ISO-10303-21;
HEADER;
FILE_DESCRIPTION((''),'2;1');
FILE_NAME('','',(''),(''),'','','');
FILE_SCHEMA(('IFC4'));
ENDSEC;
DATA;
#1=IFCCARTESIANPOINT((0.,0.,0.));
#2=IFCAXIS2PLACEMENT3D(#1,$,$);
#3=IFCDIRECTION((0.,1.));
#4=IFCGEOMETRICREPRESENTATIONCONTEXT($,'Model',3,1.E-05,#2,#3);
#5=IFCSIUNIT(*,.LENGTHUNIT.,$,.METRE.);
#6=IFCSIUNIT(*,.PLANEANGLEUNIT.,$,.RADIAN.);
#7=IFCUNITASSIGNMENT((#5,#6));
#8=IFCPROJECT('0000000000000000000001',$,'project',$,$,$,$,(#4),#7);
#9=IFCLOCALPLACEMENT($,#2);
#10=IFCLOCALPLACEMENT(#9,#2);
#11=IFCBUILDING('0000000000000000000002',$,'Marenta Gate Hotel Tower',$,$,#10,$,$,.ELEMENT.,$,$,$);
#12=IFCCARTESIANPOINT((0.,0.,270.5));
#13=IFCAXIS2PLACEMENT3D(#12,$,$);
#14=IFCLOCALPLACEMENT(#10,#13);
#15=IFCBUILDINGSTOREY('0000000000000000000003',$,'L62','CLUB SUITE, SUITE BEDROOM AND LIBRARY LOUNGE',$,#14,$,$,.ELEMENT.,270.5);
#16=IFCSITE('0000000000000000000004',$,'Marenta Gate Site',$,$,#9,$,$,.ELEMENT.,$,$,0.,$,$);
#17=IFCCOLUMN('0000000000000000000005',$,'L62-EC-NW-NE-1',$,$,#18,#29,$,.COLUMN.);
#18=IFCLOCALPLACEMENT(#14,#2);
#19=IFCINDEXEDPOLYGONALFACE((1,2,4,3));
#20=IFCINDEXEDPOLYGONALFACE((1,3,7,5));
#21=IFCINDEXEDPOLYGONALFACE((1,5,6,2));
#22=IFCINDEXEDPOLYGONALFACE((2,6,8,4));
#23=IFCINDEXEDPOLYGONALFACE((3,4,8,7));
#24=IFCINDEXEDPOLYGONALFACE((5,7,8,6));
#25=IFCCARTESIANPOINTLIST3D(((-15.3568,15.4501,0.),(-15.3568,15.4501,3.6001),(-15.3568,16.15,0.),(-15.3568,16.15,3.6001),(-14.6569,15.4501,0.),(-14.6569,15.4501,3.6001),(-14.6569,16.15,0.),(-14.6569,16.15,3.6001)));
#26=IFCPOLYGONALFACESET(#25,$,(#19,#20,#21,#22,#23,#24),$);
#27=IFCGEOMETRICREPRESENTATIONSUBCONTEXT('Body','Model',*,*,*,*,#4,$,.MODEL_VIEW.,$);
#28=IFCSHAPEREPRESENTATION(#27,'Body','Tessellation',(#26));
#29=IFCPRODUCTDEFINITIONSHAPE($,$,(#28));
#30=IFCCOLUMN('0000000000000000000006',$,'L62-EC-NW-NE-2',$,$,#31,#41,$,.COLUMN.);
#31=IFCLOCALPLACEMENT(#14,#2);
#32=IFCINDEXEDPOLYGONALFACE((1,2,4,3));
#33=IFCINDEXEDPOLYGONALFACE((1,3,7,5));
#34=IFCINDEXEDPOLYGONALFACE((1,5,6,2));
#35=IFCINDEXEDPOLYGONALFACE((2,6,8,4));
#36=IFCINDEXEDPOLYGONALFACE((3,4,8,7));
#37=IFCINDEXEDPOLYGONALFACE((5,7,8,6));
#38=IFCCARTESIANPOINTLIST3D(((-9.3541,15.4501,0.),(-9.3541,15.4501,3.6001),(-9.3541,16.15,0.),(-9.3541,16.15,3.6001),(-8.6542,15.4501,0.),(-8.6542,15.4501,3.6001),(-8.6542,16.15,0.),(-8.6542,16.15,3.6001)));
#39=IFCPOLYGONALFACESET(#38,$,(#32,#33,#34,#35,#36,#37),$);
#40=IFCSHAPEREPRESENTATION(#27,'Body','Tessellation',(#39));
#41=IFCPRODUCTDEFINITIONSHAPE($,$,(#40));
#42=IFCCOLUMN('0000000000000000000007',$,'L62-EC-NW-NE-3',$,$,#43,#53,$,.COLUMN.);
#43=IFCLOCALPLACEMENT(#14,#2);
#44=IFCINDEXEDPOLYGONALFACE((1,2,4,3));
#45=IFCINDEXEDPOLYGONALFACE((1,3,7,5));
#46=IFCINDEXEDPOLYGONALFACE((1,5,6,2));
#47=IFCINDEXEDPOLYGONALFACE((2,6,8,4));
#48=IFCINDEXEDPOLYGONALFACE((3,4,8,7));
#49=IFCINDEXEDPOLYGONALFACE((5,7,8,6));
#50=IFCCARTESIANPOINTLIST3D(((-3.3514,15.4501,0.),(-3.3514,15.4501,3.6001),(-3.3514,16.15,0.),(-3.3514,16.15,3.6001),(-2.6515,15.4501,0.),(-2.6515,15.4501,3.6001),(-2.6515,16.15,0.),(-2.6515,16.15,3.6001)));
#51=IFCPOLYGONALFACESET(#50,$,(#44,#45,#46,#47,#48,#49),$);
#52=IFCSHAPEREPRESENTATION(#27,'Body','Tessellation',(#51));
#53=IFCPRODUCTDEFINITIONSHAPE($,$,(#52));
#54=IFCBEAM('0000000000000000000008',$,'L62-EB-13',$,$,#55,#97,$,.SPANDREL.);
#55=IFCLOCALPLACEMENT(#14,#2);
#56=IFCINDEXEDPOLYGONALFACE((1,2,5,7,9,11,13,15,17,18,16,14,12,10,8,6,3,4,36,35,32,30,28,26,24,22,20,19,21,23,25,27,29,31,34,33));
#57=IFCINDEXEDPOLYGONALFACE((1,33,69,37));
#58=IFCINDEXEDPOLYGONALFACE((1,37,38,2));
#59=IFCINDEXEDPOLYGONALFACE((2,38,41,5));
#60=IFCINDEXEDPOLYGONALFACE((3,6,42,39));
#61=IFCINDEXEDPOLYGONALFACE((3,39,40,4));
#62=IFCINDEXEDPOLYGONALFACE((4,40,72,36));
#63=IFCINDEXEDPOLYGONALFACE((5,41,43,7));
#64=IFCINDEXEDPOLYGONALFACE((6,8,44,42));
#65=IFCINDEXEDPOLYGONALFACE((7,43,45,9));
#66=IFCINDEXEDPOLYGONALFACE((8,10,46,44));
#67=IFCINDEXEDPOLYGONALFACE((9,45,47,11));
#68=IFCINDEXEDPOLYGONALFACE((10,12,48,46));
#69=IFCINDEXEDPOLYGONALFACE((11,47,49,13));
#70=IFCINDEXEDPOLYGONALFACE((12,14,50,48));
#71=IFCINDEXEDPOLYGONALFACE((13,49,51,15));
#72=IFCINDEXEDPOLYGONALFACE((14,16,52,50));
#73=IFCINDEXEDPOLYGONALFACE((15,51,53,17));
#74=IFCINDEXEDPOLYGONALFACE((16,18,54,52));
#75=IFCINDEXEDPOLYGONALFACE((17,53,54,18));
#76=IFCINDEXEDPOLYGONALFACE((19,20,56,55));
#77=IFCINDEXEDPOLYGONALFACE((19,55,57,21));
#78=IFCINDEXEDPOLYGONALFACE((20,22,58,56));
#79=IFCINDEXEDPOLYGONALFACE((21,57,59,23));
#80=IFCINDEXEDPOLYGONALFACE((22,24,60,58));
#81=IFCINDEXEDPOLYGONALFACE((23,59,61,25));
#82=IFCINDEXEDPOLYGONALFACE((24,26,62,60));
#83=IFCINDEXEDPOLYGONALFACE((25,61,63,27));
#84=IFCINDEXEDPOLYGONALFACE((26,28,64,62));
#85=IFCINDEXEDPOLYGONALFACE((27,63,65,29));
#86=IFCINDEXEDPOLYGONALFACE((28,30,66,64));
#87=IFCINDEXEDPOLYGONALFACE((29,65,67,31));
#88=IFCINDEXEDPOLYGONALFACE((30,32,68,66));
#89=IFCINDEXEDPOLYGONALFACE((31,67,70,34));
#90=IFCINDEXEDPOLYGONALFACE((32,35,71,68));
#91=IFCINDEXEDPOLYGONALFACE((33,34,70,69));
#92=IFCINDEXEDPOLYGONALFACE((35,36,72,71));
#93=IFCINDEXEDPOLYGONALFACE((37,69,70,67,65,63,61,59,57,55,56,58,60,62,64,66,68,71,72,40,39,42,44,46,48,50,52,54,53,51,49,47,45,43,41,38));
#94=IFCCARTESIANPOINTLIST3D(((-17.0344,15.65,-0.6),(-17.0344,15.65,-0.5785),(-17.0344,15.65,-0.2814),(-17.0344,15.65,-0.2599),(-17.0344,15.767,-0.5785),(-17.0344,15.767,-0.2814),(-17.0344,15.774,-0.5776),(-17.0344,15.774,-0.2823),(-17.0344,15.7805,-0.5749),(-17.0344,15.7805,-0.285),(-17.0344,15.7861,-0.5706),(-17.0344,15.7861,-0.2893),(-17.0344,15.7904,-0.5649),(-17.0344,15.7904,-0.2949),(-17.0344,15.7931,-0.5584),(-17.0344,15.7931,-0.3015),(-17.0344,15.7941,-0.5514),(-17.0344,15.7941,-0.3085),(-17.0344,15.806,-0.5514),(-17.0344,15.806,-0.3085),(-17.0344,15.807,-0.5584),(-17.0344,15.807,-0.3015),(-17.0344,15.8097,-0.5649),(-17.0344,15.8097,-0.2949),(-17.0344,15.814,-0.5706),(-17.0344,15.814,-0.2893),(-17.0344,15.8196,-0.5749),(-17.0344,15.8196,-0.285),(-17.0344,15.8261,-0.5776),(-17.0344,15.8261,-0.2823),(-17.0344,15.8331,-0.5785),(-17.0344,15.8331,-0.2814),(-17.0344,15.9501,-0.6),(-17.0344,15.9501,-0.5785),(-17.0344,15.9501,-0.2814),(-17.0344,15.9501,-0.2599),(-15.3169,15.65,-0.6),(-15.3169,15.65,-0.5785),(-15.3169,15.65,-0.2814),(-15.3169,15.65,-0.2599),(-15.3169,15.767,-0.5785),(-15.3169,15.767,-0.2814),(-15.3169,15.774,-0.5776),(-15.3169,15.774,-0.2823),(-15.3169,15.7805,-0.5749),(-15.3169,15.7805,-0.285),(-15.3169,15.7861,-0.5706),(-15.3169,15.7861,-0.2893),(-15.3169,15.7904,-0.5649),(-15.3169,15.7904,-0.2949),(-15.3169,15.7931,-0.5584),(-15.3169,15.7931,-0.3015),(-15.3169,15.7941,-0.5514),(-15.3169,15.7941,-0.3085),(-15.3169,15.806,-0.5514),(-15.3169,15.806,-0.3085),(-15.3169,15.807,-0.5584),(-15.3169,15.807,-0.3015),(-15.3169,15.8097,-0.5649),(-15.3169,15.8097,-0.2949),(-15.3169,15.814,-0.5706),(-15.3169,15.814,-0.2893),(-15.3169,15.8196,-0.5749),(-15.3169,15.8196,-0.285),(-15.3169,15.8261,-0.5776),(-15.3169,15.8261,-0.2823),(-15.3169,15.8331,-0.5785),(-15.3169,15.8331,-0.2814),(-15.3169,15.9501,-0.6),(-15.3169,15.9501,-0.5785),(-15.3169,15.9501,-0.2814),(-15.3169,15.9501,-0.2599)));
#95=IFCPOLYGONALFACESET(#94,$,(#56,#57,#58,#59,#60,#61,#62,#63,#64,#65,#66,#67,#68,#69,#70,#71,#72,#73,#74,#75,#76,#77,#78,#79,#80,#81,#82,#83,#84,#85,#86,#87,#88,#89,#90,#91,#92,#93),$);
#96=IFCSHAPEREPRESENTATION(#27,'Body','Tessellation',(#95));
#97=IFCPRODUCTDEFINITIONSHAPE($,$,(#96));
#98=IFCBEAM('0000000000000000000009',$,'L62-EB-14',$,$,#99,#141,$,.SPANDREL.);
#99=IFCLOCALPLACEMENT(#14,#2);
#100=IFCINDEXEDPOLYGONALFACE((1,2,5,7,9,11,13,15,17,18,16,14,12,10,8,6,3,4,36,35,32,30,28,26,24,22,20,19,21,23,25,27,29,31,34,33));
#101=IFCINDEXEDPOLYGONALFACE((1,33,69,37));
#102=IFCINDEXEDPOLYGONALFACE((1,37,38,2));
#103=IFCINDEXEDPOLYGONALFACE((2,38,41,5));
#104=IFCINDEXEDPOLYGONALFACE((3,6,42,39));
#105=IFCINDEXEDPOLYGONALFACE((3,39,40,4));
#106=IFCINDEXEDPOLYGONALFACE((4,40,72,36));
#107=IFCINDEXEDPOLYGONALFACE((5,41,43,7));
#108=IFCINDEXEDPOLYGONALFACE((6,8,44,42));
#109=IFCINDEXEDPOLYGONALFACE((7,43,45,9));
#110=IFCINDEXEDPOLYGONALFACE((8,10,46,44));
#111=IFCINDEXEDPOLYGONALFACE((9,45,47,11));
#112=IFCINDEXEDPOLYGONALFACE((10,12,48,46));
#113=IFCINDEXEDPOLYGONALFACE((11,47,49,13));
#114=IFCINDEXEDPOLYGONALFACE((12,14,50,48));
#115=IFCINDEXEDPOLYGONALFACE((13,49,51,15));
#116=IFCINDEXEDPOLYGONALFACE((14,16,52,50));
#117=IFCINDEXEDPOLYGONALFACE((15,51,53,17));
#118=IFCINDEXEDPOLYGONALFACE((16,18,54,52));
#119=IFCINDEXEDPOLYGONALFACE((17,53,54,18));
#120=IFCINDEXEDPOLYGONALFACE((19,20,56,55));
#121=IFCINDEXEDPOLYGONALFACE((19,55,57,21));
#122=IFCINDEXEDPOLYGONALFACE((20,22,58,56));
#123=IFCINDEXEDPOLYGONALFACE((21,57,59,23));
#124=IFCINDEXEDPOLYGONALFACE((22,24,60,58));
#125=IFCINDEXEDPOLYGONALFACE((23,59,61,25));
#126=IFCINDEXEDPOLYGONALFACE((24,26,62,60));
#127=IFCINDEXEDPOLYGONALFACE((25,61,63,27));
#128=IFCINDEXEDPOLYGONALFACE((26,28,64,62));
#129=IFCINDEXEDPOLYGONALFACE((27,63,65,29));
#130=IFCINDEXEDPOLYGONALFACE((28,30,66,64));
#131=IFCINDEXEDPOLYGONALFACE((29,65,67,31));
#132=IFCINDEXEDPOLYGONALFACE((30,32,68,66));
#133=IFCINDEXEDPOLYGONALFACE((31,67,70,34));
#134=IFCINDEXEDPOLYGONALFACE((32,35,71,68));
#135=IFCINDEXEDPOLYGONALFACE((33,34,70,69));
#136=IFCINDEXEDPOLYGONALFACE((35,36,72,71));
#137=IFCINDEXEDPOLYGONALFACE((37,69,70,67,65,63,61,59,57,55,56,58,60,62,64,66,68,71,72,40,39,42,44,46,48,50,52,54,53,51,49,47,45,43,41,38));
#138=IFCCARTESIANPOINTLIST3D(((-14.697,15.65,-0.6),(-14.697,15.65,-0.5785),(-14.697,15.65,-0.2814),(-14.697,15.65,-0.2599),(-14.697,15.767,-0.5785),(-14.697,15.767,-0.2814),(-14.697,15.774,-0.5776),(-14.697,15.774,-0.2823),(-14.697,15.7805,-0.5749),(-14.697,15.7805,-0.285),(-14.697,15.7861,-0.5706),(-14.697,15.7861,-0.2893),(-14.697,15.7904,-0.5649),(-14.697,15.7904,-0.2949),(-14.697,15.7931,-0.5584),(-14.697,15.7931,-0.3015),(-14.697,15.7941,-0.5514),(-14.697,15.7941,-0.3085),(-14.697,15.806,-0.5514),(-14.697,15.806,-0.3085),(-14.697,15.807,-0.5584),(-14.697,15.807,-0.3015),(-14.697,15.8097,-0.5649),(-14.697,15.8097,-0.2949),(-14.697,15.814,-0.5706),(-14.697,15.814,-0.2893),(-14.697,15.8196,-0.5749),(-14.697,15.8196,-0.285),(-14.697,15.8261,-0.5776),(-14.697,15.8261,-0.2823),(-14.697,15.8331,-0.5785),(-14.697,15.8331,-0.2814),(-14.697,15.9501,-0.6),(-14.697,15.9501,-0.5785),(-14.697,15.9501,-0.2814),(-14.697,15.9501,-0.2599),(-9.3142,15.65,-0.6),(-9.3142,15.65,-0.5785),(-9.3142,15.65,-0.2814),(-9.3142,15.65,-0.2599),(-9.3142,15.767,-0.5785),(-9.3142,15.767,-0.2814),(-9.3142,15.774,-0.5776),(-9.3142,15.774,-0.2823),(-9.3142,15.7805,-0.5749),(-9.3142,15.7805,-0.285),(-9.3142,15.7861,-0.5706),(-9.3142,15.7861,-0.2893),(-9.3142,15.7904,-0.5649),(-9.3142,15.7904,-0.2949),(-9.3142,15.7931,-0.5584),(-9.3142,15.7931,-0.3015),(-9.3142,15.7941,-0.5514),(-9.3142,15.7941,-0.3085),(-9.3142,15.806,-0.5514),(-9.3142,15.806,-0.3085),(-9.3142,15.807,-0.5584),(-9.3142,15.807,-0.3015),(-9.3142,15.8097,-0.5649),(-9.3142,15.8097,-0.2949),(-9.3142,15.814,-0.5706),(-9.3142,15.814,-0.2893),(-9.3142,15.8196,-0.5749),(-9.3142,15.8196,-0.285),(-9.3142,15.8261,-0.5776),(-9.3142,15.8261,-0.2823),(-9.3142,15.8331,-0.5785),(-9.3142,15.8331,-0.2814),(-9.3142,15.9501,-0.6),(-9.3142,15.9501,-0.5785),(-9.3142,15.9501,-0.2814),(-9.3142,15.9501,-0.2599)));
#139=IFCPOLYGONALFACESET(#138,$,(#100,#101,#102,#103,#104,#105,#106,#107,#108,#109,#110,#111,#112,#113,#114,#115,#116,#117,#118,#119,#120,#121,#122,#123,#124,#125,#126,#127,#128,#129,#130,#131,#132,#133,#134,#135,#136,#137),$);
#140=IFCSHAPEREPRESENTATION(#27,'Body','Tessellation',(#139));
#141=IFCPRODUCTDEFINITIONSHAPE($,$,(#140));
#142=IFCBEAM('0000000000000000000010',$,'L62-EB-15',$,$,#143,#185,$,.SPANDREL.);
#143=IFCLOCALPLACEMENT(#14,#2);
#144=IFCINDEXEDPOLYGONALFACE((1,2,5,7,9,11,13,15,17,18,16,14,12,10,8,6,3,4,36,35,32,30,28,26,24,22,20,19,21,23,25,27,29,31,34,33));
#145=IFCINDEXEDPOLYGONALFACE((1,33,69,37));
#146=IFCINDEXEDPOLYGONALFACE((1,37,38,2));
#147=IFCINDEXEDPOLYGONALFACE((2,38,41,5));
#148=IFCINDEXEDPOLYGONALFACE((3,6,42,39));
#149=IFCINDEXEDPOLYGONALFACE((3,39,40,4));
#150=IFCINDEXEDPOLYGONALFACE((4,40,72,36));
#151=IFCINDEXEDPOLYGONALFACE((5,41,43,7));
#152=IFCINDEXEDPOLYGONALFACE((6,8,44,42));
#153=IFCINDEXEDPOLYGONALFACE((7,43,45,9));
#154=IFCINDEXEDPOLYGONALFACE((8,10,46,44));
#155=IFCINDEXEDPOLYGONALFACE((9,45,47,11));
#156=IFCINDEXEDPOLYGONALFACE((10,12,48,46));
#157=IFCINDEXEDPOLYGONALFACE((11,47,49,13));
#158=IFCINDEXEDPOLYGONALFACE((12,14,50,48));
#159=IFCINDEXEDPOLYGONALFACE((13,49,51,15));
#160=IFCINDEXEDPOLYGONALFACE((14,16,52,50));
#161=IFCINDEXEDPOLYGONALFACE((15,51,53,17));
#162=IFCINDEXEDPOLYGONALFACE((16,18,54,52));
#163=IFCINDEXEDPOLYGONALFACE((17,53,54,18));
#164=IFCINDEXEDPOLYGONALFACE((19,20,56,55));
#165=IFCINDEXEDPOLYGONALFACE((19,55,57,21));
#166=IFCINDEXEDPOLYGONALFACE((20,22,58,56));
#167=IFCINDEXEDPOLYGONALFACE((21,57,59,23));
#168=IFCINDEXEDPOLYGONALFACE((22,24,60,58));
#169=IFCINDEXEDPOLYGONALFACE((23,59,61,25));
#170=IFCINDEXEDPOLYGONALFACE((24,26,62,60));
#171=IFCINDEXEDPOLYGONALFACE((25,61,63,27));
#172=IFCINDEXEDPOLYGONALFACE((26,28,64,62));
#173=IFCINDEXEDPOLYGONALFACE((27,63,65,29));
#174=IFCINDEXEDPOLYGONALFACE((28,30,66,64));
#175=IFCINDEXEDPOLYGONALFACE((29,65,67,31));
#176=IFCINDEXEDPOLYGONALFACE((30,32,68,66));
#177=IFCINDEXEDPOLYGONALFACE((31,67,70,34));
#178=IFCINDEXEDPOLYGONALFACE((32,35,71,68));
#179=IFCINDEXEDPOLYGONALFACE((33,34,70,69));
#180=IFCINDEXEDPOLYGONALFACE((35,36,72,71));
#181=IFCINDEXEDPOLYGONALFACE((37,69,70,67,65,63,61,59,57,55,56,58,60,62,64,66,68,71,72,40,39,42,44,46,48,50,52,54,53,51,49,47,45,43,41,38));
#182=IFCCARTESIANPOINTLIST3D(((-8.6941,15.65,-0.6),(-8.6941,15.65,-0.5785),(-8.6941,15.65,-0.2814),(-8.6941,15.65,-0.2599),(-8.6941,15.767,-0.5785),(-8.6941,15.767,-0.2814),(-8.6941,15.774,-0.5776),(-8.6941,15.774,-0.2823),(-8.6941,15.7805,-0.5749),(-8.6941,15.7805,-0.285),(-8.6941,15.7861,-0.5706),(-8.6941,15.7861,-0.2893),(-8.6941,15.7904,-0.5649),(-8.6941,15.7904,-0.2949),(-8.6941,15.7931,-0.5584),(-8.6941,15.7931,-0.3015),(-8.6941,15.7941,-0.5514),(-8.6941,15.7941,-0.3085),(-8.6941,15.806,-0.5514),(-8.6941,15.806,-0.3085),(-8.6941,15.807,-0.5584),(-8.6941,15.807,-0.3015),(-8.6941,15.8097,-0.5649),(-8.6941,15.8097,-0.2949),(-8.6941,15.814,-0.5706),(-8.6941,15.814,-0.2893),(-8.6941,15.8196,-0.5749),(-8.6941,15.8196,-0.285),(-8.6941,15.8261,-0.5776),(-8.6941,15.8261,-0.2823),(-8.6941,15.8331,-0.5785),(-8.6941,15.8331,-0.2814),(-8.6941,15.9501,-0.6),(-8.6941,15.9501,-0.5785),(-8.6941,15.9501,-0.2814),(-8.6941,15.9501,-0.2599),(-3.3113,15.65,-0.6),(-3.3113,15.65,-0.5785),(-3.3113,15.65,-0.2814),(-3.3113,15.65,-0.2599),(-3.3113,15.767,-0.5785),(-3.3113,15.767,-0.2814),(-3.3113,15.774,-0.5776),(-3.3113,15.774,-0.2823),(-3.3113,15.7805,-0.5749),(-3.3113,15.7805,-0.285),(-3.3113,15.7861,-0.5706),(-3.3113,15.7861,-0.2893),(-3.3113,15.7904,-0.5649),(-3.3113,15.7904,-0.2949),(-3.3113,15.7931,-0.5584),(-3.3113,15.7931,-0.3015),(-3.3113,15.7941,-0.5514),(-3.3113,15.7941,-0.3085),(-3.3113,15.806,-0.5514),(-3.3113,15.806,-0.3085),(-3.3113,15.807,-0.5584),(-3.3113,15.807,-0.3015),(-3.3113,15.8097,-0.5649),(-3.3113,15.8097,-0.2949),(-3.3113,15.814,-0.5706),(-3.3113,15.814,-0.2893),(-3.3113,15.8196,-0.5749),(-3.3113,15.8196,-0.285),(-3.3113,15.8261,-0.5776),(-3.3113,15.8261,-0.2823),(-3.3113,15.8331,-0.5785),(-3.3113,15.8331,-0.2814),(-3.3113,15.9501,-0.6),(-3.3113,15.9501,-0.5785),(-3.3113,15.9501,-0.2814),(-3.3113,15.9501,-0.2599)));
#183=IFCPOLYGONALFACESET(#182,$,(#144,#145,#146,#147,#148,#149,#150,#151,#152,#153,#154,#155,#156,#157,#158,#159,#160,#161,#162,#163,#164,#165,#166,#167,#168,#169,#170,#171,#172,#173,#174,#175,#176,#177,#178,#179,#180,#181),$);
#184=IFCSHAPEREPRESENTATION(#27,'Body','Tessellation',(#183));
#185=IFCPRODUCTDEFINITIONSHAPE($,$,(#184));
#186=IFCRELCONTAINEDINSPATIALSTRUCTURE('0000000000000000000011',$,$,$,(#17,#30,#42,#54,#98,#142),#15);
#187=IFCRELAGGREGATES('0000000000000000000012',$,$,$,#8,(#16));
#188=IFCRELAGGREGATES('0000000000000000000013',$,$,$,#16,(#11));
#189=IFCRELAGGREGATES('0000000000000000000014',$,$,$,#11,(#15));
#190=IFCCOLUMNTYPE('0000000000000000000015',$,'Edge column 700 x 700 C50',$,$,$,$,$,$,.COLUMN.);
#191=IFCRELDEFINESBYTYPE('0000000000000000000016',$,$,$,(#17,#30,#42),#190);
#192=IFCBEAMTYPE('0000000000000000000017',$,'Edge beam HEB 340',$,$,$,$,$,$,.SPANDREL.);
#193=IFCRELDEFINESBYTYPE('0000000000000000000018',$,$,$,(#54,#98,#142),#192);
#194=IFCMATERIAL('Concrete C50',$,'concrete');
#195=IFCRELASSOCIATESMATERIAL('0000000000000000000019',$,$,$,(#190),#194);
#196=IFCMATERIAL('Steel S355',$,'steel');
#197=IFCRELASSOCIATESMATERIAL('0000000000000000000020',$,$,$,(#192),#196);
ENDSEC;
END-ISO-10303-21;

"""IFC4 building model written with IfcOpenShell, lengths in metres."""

from ifc_helpers import new_model, si_unit, direction, frame, origin, origin_2d, place, context, subcontext, project, spatial, rectangle, i_section, extrude, material, material_profile, profile_set, type_object, element, save


model = new_model("IFC4")

# Units and contexts
model_context = context("Model", 3, precision=1e-05, world=origin(), true_north=direction((0.0, 1.0)))
body_context = subcontext(model_context, "Body", "Model", "MODEL_VIEW")
ifc_project = project(units=[si_unit("LENGTHUNIT", "METRE"), si_unit("PLANEANGLEUNIT", "RADIAN")], contexts=[model_context])

# Site, building, storey
site_placement = place(None, origin())
site = spatial("IfcSite", under=ifc_project, at=site_placement, Name="Marenta Gate Site", CompositionType="ELEMENT", RefElevation=0.0)
building_placement = place(site_placement, origin())
building = spatial("IfcBuilding", under=site, at=building_placement, Name="Marenta Gate Hotel Tower", CompositionType="ELEMENT")
storey_placement = place(building_placement, frame((0.0, 0.0, 270.5)))
storey = spatial("IfcBuildingStorey", under=building, at=storey_placement, Name="L62", Description="CLUB SUITE, SUITE BEDROOM AND LIBRARY LOUNGE", CompositionType="ELEMENT", Elevation=270.5)

# Columns
ifc_material_1 = material(Name="Concrete C50", Category="concrete")
ifc_material_profile_1 = material_profile(ifc_material_1, rectangle(XDim=0.7, YDim=0.7, at=origin_2d()), Name="700 x 700")
ifc_profile_set_1 = profile_set([ifc_material_profile_1], Name="Concrete C50")
column_type = type_object("IfcColumnType", Name="Edge column 700 x 700 C50", PredefinedType="COLUMN", material=ifc_profile_set_1)
for number, where, z_axis, x_axis, name in (
    (1, (-15.0068, 15.8, 0.0), (0.0, 0.0, 1.0), (1.0, 0.0, 0.0), "L62-EC-NW-NE-1"),
    (2, (-9.0042, 15.8, 0.0), (0.0, 0.0, 1.0), (1.0, 0.0, 0.0), "L62-EC-NW-NE-2"),
    (3, (-3.0015, 15.8, 0.0), (0.0, 0.0, 1.0), (1.0, 0.0, 0.0), "L62-EC-NW-NE-3"),
):
    element("IfcColumn", number, at=place(storey_placement, frame(where, z_axis=z_axis, x_axis=x_axis)), inside=storey, type_object=column_type, Name=name, PredefinedType="COLUMN", context=body_context, shape_type="SweptSolid", body=[
        extrude(rectangle(XDim=0.7, YDim=0.7, at=origin_2d()), origin(), (0.0, 0.0, 1.0), 3.6001),
    ])

# Beams
ifc_material_2 = material(Name="Steel S355", Category="steel")
ifc_material_profile_2 = material_profile(ifc_material_2, i_section(OverallWidth=0.3, OverallDepth=0.3401, WebThickness=0.012, FlangeThickness=0.0215, FilletRadius=0.0271, at=origin_2d()), Name="HEB 340")
ifc_profile_set_2 = profile_set([ifc_material_profile_2], Name="Steel S355")
beam_type = type_object("IfcBeamType", Name="Edge beam HEB 340", PredefinedType="SPANDREL", material=ifc_profile_set_2)
beam_placement = place(storey_placement, frame((-17.0344, 15.8, -0.4299), z_axis=(1.0, 0.0, 0.0), x_axis=(0.0, 1.0, 0.0)))
element("IfcBeam", 4, at=beam_placement, inside=storey, type_object=beam_type, Name="L62-EB-13", PredefinedType="SPANDREL", context=body_context, shape_type="SweptSolid", body=[
    extrude(i_section(OverallWidth=0.3, OverallDepth=0.3401, WebThickness=0.012, FlangeThickness=0.0215, FilletRadius=0.0271, at=origin_2d()), origin(), (0.0, 0.0, 1.0), 1.7175),
])
for number, where, z_axis, x_axis, name in (
    (5, (-14.697, 15.8, -0.4299), (1.0, 0.0, 0.0), (0.0, 1.0, 0.0), "L62-EB-14"),
    (6, (-8.6941, 15.8, -0.4299), (1.0, 0.0, 0.0), (0.0, 1.0, 0.0), "L62-EB-15"),
):
    element("IfcBeam", number, at=place(storey_placement, frame(where, z_axis=z_axis, x_axis=x_axis)), inside=storey, type_object=beam_type, Name=name, PredefinedType="SPANDREL", context=body_context, shape_type="SweptSolid", body=[
        extrude(i_section(OverallWidth=0.3, OverallDepth=0.3401, WebThickness=0.012, FlangeThickness=0.0215, FilletRadius=0.0271, at=origin_2d()), origin(), (0.0, 0.0, 1.0), 5.3828),
    ])

save(model, "model.ifc")
